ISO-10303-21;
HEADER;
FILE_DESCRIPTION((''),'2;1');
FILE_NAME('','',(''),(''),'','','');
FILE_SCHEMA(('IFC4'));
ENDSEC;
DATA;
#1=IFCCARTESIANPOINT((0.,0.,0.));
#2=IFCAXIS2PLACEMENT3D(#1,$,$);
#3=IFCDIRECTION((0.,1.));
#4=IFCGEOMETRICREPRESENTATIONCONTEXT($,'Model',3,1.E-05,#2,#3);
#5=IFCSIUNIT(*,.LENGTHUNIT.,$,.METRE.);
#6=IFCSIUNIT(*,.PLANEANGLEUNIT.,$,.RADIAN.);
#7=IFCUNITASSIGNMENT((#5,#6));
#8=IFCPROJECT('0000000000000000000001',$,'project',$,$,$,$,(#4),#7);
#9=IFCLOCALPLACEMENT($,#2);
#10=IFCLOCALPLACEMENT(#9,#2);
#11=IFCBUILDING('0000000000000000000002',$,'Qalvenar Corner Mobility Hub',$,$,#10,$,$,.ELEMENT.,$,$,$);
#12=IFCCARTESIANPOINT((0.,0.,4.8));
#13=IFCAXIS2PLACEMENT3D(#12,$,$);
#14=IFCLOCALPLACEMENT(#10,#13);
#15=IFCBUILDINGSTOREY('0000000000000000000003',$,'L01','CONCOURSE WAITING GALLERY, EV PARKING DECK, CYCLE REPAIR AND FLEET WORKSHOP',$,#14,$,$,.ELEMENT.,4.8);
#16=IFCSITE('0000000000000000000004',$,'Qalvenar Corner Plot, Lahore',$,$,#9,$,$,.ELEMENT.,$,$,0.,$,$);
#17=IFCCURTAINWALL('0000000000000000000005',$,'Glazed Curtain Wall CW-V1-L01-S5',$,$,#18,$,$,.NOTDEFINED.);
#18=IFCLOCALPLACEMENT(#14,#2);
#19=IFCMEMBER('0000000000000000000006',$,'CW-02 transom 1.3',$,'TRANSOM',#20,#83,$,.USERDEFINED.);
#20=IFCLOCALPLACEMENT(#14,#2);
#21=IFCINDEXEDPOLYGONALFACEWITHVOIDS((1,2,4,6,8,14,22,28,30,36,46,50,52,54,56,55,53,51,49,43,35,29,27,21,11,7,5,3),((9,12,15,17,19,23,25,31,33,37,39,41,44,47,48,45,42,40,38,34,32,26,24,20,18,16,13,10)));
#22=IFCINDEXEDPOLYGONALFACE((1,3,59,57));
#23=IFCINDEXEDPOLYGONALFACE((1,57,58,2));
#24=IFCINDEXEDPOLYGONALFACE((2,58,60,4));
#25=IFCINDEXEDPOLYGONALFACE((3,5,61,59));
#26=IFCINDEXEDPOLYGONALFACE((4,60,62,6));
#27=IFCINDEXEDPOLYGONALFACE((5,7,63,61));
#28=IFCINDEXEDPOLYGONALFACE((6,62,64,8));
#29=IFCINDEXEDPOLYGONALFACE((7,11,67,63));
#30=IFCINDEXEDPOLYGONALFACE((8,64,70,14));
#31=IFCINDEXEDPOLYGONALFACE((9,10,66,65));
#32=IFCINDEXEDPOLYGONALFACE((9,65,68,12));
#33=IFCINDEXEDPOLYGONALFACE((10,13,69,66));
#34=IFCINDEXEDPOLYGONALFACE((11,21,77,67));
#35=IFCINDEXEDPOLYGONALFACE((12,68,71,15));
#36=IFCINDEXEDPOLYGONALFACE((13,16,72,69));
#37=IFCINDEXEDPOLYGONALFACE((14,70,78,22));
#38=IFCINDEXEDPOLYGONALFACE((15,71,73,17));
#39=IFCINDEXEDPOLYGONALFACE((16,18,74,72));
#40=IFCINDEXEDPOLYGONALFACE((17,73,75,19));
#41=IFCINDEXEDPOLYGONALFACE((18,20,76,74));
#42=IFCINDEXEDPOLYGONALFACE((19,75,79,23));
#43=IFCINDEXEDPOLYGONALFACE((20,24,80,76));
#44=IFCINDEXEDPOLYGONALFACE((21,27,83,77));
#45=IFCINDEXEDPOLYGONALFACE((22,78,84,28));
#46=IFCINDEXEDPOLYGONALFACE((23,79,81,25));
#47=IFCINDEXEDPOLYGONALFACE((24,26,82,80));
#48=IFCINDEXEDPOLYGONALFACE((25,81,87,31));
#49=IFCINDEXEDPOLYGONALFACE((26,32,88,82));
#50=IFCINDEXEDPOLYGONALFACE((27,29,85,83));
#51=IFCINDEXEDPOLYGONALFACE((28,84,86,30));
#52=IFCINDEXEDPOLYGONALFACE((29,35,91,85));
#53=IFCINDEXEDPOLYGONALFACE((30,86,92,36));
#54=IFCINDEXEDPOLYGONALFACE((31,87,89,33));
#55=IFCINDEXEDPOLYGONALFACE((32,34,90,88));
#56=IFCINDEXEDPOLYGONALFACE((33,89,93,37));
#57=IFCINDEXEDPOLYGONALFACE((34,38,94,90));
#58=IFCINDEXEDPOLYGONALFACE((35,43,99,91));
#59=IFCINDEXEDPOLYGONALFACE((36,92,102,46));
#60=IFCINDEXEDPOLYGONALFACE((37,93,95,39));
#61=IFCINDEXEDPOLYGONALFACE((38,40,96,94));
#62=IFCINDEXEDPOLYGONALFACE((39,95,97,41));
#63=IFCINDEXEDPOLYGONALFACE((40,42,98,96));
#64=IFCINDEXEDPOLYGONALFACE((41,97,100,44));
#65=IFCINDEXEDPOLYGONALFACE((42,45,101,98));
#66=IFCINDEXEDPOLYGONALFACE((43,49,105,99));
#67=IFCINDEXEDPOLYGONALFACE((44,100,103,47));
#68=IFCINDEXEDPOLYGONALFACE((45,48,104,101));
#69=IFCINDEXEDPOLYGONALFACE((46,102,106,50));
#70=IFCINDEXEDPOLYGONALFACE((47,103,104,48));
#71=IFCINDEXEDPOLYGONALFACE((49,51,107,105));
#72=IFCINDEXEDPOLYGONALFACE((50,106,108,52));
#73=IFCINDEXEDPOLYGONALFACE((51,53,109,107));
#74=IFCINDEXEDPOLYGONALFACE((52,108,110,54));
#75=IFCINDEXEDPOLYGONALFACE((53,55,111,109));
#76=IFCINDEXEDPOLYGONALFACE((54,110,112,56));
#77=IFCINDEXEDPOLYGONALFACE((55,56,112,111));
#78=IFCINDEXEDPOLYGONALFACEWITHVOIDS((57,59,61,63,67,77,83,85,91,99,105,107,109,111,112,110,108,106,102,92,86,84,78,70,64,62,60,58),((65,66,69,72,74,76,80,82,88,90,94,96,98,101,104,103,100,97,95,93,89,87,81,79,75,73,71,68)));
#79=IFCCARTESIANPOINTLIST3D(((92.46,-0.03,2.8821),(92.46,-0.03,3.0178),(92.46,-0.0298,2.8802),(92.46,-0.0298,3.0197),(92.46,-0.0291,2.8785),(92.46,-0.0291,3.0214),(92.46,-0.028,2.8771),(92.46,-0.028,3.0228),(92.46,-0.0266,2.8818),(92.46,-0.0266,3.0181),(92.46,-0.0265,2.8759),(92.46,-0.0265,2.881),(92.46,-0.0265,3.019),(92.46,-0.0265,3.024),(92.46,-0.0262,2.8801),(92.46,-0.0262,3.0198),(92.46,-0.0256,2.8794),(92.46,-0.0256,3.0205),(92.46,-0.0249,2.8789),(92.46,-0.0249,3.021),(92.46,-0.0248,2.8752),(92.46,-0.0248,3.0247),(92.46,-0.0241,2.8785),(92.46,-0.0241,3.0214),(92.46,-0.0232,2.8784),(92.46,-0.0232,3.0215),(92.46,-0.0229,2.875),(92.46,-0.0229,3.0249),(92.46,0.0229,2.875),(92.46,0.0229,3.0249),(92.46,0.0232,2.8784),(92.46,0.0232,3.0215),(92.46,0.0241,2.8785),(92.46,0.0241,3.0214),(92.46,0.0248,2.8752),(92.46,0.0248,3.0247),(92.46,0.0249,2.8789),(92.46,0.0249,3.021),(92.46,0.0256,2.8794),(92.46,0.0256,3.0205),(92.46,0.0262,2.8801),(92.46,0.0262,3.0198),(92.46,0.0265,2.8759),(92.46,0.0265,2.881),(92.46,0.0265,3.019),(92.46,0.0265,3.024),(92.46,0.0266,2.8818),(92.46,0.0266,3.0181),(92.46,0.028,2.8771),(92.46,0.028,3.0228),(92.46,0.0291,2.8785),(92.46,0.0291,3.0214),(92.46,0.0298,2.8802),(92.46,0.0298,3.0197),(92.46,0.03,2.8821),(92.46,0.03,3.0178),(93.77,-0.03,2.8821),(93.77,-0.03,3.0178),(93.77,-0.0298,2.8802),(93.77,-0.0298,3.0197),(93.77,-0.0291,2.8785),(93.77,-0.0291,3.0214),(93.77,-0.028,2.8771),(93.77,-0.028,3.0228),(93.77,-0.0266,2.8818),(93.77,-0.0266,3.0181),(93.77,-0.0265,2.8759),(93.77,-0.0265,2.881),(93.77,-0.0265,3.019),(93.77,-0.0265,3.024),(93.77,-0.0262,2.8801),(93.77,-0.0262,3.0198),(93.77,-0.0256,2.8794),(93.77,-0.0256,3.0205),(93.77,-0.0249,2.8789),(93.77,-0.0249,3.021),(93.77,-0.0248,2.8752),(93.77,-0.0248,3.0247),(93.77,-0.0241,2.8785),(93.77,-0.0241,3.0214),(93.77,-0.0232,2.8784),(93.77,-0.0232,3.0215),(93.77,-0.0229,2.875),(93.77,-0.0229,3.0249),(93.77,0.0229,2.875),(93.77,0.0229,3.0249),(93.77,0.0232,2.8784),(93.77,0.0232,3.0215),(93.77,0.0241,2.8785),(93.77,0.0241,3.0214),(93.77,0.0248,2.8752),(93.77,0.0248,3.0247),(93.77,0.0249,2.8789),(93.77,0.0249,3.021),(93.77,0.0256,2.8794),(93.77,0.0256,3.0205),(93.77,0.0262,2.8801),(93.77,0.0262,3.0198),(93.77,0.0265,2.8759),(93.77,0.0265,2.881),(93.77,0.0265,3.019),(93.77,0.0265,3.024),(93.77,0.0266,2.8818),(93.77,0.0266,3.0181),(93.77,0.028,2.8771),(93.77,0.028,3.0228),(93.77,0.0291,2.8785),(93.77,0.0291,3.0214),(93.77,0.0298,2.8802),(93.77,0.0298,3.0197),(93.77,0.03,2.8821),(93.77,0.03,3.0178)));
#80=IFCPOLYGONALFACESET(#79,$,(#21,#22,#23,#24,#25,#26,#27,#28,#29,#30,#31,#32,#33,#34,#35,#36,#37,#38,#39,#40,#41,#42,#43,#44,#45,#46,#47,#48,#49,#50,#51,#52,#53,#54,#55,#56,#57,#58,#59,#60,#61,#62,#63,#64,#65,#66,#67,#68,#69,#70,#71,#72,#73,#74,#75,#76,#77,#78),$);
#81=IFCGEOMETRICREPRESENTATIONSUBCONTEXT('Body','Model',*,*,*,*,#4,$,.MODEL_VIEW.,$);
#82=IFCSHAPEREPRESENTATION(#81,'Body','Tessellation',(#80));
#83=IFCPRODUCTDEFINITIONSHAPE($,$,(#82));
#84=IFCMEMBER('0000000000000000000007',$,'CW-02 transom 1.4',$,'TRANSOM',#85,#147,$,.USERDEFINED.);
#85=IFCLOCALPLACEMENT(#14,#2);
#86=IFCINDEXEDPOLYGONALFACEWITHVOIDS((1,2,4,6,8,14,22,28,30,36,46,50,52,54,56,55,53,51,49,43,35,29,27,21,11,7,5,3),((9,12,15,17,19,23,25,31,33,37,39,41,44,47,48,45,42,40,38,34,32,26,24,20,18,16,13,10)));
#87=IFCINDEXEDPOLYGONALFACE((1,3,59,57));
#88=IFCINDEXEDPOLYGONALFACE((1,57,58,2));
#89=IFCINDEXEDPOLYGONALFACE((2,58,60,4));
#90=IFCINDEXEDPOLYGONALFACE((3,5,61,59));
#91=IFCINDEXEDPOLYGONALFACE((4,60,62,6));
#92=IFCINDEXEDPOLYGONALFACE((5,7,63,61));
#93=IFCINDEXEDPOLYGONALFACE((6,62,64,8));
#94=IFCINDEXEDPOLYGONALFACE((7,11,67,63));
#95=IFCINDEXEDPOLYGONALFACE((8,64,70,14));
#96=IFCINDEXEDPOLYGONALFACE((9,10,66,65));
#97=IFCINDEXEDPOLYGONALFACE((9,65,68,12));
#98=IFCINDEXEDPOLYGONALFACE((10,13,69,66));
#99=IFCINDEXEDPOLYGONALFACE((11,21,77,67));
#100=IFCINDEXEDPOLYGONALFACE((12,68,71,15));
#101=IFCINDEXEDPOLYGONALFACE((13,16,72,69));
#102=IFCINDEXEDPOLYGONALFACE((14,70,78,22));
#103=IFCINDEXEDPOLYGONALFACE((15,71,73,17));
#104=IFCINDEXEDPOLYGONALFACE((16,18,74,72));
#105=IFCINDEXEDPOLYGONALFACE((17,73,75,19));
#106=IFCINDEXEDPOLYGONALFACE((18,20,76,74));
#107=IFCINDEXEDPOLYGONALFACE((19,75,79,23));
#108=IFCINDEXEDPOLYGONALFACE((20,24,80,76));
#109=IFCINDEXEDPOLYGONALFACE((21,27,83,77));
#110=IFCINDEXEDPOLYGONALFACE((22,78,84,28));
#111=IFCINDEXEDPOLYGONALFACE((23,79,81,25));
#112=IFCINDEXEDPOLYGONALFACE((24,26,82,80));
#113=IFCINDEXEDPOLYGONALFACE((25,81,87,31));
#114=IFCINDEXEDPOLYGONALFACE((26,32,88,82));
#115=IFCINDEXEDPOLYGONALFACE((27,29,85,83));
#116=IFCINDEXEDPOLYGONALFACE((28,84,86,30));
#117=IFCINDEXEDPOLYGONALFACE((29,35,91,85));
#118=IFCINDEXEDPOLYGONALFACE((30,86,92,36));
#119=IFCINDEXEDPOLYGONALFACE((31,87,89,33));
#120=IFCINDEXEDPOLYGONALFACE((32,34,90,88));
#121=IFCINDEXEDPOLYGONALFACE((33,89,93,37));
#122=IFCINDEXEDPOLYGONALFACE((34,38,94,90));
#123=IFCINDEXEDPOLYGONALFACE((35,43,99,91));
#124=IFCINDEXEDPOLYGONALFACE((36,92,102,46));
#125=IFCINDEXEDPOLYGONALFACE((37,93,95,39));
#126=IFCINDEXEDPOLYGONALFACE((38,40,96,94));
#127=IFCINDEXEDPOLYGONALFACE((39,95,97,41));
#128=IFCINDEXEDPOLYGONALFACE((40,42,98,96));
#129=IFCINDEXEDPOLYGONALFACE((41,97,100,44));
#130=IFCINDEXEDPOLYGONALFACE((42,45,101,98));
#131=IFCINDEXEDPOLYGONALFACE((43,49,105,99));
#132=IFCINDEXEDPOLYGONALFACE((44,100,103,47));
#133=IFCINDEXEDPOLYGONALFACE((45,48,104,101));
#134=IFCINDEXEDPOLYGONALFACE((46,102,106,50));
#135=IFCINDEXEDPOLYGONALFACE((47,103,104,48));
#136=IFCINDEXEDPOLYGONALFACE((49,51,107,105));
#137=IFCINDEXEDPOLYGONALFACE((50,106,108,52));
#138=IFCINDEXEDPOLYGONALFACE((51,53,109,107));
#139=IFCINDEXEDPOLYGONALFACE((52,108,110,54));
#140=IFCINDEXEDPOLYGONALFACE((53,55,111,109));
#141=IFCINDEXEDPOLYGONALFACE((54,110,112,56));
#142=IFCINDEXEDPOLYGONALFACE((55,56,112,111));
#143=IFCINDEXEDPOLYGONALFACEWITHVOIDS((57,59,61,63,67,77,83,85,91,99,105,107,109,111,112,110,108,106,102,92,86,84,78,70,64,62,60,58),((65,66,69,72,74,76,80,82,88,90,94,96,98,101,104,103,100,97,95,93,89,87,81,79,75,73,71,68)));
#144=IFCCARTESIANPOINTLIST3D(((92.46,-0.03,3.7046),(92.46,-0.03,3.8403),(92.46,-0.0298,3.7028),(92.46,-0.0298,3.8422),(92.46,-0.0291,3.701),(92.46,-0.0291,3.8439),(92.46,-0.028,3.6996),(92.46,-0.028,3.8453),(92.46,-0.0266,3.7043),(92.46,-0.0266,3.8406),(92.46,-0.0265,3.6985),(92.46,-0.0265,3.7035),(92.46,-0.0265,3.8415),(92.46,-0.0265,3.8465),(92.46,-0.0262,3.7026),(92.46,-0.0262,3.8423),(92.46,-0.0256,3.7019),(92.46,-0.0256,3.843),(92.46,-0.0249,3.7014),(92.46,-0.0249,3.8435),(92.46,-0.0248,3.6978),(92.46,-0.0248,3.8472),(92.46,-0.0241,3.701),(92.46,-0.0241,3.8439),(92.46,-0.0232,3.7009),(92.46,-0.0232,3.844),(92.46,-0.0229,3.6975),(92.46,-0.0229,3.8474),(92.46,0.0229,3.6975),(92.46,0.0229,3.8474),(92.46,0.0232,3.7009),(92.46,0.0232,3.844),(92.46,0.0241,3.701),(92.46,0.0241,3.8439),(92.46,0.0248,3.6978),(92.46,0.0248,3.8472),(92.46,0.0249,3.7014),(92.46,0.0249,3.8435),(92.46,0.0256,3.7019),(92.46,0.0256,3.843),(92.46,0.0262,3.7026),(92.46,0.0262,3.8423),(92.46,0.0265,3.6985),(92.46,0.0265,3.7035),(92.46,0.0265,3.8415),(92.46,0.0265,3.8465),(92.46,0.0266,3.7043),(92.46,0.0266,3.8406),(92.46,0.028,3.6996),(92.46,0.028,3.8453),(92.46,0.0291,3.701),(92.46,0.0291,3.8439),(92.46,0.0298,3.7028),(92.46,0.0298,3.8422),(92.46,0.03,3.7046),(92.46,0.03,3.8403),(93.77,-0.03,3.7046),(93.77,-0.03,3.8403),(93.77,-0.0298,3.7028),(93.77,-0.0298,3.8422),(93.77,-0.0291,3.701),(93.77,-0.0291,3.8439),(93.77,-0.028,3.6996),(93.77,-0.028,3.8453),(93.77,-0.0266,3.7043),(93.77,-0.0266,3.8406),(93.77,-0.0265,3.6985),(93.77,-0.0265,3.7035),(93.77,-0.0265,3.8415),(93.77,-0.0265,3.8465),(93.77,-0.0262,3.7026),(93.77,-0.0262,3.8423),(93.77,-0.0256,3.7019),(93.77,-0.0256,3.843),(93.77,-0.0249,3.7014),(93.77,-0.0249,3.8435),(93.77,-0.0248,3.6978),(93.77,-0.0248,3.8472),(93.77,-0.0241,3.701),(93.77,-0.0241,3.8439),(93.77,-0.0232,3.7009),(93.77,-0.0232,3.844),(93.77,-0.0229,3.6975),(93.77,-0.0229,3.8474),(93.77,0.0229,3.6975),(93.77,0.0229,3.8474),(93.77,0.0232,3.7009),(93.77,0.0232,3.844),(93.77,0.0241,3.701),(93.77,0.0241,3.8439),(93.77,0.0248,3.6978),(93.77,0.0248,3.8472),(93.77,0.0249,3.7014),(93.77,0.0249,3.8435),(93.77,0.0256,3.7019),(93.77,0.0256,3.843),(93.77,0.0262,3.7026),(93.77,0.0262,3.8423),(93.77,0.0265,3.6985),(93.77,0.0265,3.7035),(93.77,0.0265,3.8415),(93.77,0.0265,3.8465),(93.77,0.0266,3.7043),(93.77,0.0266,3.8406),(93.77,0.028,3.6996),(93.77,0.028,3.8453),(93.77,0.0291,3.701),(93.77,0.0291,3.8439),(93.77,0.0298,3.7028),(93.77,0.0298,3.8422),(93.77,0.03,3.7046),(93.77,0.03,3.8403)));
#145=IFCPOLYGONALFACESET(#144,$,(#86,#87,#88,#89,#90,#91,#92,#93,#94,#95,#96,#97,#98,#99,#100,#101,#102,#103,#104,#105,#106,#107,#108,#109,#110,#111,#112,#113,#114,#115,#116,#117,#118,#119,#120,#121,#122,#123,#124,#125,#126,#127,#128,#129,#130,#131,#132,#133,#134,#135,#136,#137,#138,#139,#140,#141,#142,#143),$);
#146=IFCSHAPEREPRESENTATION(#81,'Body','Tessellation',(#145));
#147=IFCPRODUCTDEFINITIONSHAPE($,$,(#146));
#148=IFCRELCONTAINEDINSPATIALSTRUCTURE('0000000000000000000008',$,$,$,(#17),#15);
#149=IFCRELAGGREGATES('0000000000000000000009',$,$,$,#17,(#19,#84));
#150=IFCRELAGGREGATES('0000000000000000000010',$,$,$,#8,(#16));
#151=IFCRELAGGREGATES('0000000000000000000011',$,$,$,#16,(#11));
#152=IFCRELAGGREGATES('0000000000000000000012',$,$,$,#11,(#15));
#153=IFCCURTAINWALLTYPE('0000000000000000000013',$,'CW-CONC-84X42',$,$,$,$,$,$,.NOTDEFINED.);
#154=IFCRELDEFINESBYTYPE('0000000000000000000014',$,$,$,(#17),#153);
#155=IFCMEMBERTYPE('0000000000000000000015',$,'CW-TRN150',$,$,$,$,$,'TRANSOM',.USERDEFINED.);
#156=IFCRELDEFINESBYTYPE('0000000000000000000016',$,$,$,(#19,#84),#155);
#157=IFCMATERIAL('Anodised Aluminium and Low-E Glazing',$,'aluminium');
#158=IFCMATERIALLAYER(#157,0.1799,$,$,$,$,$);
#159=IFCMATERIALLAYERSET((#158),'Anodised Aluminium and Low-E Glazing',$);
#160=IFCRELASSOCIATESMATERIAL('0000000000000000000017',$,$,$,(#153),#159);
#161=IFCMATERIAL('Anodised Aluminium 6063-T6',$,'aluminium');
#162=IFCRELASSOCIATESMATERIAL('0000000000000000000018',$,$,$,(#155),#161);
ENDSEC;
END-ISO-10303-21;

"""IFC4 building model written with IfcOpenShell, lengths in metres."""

from ifc_helpers import new_model, si_unit, direction, frame, origin, origin_2d, place, context, subcontext, project, spatial, hollow_rectangle, extrude, material, layer, layer_set, material_profile, profile_set, type_object, element, aggregate, save


model = new_model("IFC4")

# Units and contexts
model_context = context("Model", 3, precision=1e-05, world=origin(), true_north=direction((0.0, 1.0)))
body_context = subcontext(model_context, "Body", "Model", "MODEL_VIEW")
ifc_project = project(units=[si_unit("LENGTHUNIT", "METRE"), si_unit("PLANEANGLEUNIT", "RADIAN")], contexts=[model_context])

# Site, building, storey
site_placement = place(None, origin())
site = spatial("IfcSite", under=ifc_project, at=site_placement, Name="Qalvenar Corner Plot, Lahore", CompositionType="ELEMENT", RefElevation=0.0)
building_placement = place(site_placement, origin())
building = spatial("IfcBuilding", under=site, at=building_placement, Name="Qalvenar Corner Mobility Hub", CompositionType="ELEMENT")
storey_placement = place(building_placement, frame((0.0, 0.0, 4.8)))
storey = spatial("IfcBuildingStorey", under=building, at=storey_placement, Name="L01", Description="CONCOURSE WAITING GALLERY, EV PARKING DECK, CYCLE REPAIR AND FLEET WORKSHOP", CompositionType="ELEMENT", Elevation=4.8)

# Shared definitions
ifc_material_1 = material(Name="Anodised Aluminium and Low-E Glazing", Category="aluminium")
ifc_layer_1 = layer(ifc_material_1, 0.1799)
ifc_layer_set_1 = layer_set([ifc_layer_1], Name="Anodised Aluminium and Low-E Glazing")
curtain_wall_type = type_object("IfcCurtainWallType", Name="CW-CONC-84X42", PredefinedType="NOTDEFINED", material=ifc_layer_set_1)
ifc_material_2 = material(Name="Anodised Aluminium 6063-T6", Category="aluminium")

# Curtain wall, members
curtain_wall_1_placement = place(storey_placement, origin())
curtain_wall_1 = element("IfcCurtainWall", 1, at=curtain_wall_1_placement, inside=storey, type_object=curtain_wall_type, Name="Glazed Curtain Wall CW-V1-L01-S5", PredefinedType="NOTDEFINED")
ifc_material_profile_1 = material_profile(ifc_material_2, hollow_rectangle(XDim=0.0601, YDim=0.1499, WallThickness=0.0034, InnerFilletRadius=0.0034, OuterFilletRadius=0.0071, at=origin_2d()), Name="RHS150x60x3.5")
ifc_profile_set_1 = profile_set([ifc_material_profile_1], Name="Anodised Aluminium 6063-T6")
member_type_1 = type_object("IfcMemberType", Name="CW-TRN150", ElementType="TRANSOM", PredefinedType="USERDEFINED", material=ifc_profile_set_1)
member_1_placement = place(storey_placement, frame((92.46, 0.0, 2.95), z_axis=(1.0, 0.0, 0.0), x_axis=(0.0, 1.0, 0.0)))
member_1 = element("IfcMember", 2, at=member_1_placement, type_object=member_type_1, Name="CW-02 transom 1.3", ObjectType="TRANSOM", PredefinedType="USERDEFINED", context=body_context, shape_type="SweptSolid", body=[
    extrude(hollow_rectangle(XDim=0.0601, YDim=0.1499, WallThickness=0.0034, InnerFilletRadius=0.0034, OuterFilletRadius=0.0071, at=origin_2d()), origin(), (0.0, 0.0, 1.0), 1.3101),
])
member_2_placement = place(storey_placement, frame((92.46, 0.0, 3.7725), z_axis=(1.0, 0.0, 0.0), x_axis=(0.0, 1.0, 0.0)))
member_2 = element("IfcMember", 3, at=member_2_placement, type_object=member_type_1, Name="CW-02 transom 1.4", ObjectType="TRANSOM", PredefinedType="USERDEFINED", context=body_context, shape_type="SweptSolid", body=[
    extrude(hollow_rectangle(XDim=0.0601, YDim=0.1499, WallThickness=0.0034, InnerFilletRadius=0.0034, OuterFilletRadius=0.0071, at=origin_2d()), origin(), (0.0, 0.0, 1.0), 1.3101),
])

aggregate(curtain_wall_1, [member_1, member_2])

save(model, "model.ifc")
